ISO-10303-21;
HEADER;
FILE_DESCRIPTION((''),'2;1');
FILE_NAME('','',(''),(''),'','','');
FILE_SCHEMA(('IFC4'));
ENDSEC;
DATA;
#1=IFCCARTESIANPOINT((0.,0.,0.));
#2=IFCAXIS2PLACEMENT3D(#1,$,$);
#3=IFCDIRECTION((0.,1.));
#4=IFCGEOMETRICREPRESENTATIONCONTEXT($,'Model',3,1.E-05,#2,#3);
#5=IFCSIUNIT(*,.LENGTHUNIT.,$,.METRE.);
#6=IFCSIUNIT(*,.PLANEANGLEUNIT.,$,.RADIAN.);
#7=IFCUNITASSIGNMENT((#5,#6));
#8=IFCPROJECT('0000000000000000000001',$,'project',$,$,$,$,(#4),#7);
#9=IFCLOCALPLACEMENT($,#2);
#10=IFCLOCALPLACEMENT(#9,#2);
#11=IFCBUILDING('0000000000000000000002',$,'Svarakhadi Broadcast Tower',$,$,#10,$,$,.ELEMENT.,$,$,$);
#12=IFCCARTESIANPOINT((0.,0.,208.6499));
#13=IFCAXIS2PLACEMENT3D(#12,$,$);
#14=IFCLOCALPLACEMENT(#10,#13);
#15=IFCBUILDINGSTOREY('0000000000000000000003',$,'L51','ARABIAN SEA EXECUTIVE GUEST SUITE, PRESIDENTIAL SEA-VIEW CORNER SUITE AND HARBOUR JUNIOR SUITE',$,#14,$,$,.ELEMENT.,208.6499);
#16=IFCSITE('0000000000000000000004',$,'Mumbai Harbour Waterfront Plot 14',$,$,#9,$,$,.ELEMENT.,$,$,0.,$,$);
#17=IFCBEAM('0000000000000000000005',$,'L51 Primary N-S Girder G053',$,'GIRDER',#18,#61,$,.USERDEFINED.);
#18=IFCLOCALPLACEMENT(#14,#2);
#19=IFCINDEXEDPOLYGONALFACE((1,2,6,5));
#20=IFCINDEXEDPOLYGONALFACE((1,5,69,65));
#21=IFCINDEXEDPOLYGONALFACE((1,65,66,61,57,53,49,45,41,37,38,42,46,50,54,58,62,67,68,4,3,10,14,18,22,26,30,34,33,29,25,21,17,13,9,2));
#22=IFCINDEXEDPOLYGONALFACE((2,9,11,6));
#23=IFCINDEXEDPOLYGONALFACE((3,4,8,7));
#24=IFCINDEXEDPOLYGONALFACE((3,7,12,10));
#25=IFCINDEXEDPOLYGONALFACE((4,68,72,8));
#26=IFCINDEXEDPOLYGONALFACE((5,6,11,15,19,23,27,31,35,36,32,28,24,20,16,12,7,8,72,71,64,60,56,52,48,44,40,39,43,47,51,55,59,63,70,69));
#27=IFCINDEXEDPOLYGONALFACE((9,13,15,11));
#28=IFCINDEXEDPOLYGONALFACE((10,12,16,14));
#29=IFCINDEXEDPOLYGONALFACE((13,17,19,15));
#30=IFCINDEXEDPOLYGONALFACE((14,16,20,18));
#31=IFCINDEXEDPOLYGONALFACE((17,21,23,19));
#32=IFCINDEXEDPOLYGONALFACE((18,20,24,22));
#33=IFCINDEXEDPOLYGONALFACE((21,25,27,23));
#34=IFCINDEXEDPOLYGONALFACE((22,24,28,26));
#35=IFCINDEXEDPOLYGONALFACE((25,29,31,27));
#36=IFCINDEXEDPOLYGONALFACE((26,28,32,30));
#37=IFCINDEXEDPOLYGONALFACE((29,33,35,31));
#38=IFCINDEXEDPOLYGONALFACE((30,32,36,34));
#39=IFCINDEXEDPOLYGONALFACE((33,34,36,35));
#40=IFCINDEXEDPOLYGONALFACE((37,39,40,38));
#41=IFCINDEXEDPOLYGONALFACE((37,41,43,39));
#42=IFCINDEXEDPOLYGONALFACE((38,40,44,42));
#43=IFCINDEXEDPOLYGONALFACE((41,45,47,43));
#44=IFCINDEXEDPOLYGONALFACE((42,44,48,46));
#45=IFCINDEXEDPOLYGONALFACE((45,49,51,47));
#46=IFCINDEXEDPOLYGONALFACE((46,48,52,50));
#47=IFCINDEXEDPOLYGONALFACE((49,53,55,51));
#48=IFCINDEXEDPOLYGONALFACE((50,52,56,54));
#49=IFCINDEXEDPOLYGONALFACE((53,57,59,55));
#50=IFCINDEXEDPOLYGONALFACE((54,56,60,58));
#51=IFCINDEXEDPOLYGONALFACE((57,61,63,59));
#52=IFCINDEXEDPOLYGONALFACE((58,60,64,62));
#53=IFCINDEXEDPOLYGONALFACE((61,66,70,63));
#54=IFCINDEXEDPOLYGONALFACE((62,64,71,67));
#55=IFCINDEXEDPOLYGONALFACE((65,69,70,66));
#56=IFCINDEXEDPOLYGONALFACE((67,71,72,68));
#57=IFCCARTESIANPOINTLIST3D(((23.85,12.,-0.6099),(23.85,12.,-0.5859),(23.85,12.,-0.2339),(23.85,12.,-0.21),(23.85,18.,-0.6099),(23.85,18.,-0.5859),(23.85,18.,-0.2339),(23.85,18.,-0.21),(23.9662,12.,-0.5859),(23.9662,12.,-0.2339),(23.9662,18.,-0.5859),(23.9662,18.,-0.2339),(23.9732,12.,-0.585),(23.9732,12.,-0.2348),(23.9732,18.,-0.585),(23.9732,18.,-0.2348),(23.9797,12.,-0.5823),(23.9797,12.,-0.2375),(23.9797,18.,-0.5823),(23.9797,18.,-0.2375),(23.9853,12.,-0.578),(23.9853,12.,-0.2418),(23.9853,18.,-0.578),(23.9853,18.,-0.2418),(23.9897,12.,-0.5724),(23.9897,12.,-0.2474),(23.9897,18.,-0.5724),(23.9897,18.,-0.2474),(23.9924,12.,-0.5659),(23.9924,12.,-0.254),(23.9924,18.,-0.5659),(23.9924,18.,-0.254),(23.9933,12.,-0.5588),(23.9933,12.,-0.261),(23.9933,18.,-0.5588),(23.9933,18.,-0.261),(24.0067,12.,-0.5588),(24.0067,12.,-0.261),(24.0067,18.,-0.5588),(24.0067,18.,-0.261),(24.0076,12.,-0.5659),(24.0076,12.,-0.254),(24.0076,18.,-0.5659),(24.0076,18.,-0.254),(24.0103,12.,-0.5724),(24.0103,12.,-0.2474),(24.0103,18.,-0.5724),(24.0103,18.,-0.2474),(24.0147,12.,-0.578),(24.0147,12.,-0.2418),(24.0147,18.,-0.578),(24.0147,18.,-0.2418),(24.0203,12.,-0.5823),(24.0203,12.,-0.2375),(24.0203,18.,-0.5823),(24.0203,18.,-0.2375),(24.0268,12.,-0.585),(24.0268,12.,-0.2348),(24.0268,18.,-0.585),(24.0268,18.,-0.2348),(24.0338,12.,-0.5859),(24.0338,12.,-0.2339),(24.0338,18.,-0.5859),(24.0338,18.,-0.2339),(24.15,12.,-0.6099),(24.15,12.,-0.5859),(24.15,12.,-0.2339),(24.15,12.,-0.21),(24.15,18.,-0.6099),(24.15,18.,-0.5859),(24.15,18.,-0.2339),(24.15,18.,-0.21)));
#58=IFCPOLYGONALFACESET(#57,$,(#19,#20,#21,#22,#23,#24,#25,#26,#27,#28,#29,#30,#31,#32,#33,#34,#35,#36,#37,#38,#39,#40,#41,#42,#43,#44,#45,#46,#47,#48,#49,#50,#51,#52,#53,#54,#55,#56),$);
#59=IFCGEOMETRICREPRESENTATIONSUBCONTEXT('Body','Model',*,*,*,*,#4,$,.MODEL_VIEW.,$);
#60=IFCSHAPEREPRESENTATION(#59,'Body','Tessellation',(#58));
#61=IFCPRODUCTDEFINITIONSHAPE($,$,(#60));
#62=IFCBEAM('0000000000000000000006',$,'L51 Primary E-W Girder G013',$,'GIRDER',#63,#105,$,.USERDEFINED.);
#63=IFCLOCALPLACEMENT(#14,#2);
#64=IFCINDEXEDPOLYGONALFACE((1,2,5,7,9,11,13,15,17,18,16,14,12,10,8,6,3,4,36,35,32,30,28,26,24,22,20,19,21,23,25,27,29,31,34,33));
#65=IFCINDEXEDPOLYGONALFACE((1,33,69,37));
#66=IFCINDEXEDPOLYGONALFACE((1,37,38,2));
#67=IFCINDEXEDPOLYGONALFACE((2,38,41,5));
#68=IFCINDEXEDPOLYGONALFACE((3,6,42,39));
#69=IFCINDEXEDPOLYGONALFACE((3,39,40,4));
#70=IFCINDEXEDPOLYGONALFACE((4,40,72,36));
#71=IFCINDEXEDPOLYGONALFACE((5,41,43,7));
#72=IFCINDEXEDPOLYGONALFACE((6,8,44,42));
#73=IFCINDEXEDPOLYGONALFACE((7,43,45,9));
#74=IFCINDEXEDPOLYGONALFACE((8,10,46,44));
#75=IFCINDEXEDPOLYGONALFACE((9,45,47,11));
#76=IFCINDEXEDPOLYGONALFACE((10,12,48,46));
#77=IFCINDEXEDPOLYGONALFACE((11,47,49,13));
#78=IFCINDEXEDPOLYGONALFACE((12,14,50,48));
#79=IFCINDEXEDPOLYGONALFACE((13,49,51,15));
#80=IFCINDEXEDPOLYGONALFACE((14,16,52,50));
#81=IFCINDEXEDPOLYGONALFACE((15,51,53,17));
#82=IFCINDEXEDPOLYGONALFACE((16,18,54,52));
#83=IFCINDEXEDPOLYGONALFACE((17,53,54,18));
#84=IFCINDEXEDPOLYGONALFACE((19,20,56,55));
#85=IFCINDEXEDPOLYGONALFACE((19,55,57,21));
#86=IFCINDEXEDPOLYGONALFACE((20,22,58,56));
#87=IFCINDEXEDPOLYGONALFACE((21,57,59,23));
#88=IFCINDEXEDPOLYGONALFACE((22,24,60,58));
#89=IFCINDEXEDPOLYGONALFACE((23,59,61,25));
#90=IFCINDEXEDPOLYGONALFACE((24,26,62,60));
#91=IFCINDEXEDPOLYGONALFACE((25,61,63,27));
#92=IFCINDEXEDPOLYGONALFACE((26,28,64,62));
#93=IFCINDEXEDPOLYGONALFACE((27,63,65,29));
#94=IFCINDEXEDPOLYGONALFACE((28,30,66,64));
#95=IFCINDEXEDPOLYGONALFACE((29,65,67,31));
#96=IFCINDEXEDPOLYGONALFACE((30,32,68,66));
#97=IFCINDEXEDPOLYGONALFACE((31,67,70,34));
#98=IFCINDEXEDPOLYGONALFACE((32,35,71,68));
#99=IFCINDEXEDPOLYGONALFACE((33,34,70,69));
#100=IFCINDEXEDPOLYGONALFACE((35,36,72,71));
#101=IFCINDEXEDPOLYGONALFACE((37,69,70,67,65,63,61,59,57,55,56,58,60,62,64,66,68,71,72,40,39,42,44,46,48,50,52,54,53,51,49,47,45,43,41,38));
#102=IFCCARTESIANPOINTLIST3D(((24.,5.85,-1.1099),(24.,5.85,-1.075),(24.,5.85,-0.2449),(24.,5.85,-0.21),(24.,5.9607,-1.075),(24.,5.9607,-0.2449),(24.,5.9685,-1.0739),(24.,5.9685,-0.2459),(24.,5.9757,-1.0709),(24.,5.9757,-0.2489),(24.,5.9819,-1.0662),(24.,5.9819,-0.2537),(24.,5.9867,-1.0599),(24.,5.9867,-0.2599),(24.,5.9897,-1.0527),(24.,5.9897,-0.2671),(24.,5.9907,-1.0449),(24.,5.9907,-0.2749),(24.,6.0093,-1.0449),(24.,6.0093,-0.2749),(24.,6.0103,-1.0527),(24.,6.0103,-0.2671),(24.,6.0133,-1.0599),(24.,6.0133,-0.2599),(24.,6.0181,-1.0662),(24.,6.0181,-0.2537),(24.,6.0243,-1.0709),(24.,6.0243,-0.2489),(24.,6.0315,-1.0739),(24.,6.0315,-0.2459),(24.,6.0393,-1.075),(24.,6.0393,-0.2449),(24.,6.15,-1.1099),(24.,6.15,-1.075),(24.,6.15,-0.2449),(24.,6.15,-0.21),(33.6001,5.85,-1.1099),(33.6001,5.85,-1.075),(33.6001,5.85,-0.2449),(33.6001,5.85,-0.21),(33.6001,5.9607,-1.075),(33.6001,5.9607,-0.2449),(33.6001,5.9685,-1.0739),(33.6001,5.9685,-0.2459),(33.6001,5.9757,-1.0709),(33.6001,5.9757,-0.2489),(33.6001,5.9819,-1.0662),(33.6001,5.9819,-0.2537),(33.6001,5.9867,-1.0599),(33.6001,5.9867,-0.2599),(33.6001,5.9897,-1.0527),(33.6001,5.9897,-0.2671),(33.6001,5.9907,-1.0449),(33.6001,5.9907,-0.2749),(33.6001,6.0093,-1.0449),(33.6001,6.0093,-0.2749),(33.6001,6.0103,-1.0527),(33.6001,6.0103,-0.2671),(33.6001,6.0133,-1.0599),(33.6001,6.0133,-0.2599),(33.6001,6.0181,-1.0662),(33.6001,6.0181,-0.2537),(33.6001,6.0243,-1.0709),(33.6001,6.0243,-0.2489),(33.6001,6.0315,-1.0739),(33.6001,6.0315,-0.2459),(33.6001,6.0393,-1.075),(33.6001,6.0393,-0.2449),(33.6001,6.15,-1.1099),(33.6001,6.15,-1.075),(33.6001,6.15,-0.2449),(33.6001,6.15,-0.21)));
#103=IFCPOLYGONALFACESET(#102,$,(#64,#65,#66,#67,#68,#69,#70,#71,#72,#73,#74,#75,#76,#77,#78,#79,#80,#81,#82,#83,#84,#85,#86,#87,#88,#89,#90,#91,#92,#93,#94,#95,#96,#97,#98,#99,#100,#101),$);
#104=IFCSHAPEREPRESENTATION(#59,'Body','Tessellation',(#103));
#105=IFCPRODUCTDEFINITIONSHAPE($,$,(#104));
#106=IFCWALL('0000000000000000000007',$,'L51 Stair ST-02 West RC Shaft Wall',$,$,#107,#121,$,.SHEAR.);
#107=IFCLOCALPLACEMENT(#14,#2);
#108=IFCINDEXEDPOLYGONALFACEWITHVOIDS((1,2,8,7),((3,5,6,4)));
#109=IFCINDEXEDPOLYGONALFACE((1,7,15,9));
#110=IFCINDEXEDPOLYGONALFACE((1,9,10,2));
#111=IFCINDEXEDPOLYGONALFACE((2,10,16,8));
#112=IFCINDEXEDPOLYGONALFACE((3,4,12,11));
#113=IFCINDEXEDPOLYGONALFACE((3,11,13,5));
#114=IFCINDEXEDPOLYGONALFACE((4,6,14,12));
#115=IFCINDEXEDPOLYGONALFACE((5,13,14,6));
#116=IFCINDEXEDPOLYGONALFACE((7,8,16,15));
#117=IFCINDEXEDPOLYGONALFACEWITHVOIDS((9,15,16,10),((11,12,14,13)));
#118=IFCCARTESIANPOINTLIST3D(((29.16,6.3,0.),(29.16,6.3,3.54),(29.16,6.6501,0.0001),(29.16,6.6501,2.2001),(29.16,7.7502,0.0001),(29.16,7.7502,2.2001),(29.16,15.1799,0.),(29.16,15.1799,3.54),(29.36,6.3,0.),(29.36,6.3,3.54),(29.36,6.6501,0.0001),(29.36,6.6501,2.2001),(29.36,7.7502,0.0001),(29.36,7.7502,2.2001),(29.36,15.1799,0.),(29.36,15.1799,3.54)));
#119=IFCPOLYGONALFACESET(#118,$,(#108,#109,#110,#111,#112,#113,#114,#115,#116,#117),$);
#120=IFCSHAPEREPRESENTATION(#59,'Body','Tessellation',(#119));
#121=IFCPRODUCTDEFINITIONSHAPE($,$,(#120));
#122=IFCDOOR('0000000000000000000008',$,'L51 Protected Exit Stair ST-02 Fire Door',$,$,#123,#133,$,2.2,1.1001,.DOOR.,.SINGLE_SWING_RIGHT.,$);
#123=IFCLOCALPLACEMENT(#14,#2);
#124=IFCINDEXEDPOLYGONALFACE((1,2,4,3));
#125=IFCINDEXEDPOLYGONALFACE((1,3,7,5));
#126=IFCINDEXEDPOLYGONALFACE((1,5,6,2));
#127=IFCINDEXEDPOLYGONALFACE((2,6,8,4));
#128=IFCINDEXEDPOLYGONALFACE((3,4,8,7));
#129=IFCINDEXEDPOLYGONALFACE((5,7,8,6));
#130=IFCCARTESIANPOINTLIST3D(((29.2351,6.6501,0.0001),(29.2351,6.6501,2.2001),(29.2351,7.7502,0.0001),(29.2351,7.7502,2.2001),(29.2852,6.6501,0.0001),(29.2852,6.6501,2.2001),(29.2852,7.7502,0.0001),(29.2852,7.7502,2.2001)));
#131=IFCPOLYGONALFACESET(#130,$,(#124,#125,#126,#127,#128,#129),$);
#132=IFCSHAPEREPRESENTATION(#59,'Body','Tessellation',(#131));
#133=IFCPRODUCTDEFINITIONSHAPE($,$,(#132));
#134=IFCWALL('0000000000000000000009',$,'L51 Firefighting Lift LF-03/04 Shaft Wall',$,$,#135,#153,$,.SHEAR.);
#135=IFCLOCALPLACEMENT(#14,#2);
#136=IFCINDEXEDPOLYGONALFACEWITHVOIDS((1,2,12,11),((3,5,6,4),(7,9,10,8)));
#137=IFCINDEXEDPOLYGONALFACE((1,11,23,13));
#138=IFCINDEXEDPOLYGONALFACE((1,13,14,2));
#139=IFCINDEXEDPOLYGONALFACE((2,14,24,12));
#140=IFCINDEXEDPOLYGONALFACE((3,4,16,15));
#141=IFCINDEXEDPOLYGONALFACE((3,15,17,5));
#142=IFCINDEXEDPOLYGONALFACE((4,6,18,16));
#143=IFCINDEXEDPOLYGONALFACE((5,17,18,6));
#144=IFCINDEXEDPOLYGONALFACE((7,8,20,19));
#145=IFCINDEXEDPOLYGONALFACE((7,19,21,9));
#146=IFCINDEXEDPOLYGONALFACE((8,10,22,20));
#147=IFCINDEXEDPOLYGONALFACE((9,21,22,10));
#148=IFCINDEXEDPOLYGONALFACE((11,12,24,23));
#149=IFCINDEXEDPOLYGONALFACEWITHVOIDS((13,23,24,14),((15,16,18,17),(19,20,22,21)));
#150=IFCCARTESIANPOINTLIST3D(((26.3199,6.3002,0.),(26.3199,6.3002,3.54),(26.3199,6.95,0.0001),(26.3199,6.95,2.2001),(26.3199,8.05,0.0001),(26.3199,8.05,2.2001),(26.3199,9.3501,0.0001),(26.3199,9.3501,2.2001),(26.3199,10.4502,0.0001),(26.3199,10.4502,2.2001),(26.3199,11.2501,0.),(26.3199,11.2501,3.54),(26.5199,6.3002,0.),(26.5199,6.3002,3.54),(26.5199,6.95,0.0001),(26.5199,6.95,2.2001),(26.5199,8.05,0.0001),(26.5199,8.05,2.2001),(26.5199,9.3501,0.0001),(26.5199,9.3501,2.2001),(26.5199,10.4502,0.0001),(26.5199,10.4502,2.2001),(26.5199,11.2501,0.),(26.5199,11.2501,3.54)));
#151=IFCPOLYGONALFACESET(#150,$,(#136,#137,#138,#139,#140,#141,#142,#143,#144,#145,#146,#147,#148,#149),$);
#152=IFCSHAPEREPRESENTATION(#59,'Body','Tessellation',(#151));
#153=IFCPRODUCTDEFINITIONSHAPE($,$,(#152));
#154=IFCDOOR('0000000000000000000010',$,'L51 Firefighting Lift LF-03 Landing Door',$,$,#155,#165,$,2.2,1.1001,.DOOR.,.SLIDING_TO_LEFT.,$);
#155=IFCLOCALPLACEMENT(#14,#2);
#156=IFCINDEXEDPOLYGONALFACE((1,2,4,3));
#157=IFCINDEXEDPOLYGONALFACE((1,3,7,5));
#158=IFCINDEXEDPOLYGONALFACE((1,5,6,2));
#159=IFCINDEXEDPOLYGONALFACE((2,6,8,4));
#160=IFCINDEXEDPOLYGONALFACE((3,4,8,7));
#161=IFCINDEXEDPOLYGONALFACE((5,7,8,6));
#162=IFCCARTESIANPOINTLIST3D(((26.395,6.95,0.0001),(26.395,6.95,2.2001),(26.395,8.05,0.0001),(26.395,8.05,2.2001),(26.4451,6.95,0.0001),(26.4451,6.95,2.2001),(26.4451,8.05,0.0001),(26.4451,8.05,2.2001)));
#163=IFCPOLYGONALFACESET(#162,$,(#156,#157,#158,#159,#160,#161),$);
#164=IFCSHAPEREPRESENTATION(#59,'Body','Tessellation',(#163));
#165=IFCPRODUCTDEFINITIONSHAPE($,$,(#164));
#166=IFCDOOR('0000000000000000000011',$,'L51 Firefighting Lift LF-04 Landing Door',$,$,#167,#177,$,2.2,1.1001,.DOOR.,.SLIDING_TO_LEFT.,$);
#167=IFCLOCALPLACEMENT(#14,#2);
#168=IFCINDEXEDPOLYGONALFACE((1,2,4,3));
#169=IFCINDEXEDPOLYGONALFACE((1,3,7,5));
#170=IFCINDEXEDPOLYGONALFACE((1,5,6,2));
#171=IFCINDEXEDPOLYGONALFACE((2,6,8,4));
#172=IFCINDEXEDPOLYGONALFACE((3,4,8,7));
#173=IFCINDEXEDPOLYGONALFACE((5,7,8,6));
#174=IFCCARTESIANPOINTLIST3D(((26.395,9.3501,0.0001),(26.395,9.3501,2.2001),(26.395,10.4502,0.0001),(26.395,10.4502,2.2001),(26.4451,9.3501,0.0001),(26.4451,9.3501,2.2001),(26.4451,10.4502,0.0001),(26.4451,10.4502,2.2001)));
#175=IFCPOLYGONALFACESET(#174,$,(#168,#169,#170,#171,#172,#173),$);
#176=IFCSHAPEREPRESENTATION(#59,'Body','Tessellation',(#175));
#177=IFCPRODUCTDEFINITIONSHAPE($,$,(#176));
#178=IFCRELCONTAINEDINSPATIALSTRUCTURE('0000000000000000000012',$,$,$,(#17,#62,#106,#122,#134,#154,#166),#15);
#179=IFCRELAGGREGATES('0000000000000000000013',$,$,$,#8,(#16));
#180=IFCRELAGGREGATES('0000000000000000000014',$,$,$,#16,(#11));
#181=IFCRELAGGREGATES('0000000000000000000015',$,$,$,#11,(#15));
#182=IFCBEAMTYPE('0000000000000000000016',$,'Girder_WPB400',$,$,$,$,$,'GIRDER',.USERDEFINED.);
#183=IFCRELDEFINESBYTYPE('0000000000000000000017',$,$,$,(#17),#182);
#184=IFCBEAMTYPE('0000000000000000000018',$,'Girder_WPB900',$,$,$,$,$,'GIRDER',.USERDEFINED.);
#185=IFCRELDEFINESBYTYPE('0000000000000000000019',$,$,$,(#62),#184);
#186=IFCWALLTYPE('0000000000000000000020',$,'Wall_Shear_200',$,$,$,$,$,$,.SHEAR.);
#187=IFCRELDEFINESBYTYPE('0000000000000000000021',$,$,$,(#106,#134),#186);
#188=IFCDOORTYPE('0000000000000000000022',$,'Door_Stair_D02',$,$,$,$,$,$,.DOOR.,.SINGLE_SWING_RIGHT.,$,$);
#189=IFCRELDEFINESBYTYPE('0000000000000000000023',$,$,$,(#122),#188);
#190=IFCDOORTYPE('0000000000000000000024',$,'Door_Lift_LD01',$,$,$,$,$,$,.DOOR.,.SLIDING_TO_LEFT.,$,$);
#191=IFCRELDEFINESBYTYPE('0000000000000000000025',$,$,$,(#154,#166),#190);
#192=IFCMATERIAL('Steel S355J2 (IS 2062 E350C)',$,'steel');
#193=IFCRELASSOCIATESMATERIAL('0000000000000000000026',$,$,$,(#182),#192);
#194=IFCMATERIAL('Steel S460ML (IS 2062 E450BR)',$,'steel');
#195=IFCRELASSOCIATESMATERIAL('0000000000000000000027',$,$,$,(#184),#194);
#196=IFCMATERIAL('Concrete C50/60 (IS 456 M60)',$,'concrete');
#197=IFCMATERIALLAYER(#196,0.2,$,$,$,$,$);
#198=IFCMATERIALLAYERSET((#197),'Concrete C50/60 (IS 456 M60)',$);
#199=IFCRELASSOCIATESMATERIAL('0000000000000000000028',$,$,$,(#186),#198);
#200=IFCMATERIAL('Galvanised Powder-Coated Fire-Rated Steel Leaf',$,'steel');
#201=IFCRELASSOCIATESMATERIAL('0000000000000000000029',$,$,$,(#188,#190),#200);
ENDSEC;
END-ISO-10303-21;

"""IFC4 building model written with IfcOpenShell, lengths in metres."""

from ifc_helpers import new_model, si_unit, direction, frame, frame_2d, origin, origin_2d, place, context, subcontext, project, spatial, rectangle, i_section, extrude, material, layer, layer_set, material_profile, profile_set, type_object, element, fill, save


model = new_model("IFC4")

# Units and contexts
model_context = context("Model", 3, precision=1e-05, world=origin(), true_north=direction((0.0, 1.0)))
body_context = subcontext(model_context, "Body", "Model", "MODEL_VIEW")
ifc_project = project(units=[si_unit("LENGTHUNIT", "METRE"), si_unit("PLANEANGLEUNIT", "RADIAN")], contexts=[model_context])

# Site, building, storey
site_placement = place(None, origin())
site = spatial("IfcSite", under=ifc_project, at=site_placement, Name="Mumbai Harbour Waterfront Plot 14", CompositionType="ELEMENT", RefElevation=0.0)
building_placement = place(site_placement, origin())
building = spatial("IfcBuilding", under=site, at=building_placement, Name="Svarakhadi Broadcast Tower", CompositionType="ELEMENT")
storey_placement = place(building_placement, frame((0.0, 0.0, 208.6499)))
storey = spatial("IfcBuildingStorey", under=building, at=storey_placement, Name="L51", Description="ARABIAN SEA EXECUTIVE GUEST SUITE, PRESIDENTIAL SEA-VIEW CORNER SUITE AND HARBOUR JUNIOR SUITE", CompositionType="ELEMENT", Elevation=208.6499)

# Shared definitions
ifc_material_1 = material(Name="Concrete C50/60 (IS 456 M60)", Category="concrete")
ifc_material_2 = material(Name="Steel S460ML (IS 2062 E450BR)", Category="steel")

# Beams
ifc_material_3 = material(Name="Steel S355J2 (IS 2062 E350C)", Category="steel")
ifc_material_profile_1 = material_profile(ifc_material_3, i_section(OverallWidth=0.3, OverallDepth=0.3999, WebThickness=0.0134, FlangeThickness=0.0239, FilletRadius=0.0271, at=origin_2d()), Name="WPB 400x300x155")
ifc_profile_set_1 = profile_set([ifc_material_profile_1], Name="Steel S355J2 (IS 2062 E350C)")
beam_type_1 = type_object("IfcBeamType", Name="Girder_WPB400", ElementType="GIRDER", PredefinedType="USERDEFINED", material=ifc_profile_set_1)
for number, where, z_axis, x_axis, name in (
    (1, (24.0, 12.0, -0.4099), (0.0, 1.0, 0.0), (-1.0, 0.0, 0.0), "L51 Primary N-S Girder G053"),
):
    element("IfcBeam", number, at=place(storey_placement, frame(where, z_axis=z_axis, x_axis=x_axis)), inside=storey, type_object=beam_type_1, Name=name, ObjectType="GIRDER", PredefinedType="USERDEFINED", context=body_context, shape_type="SweptSolid", body=[
        extrude(i_section(OverallWidth=0.3, OverallDepth=0.3999, WebThickness=0.0134, FlangeThickness=0.0239, FilletRadius=0.0271, at=origin_2d()), origin(), (0.0, 0.0, 1.0), 6.0),
    ])
ifc_material_profile_2 = material_profile(ifc_material_2, i_section(OverallWidth=0.3, OverallDepth=0.8999, WebThickness=0.0186, FlangeThickness=0.0349, FilletRadius=0.03, at=origin_2d()), Name="WPB 900x300x291")
ifc_profile_set_2 = profile_set([ifc_material_profile_2], Name="Steel S460ML (IS 2062 E450BR)")
beam_type_2 = type_object("IfcBeamType", Name="Girder_WPB900", ElementType="GIRDER", PredefinedType="USERDEFINED", material=ifc_profile_set_2)
beam_1_placement = place(storey_placement, frame((24.0, 6.0, -0.6599), z_axis=(1.0, 0.0, 0.0), x_axis=(0.0, 1.0, 0.0)))
element("IfcBeam", 2, at=beam_1_placement, inside=storey, type_object=beam_type_2, Name="L51 Primary E-W Girder G013", ObjectType="GIRDER", PredefinedType="USERDEFINED", context=body_context, shape_type="SweptSolid", body=[
    extrude(i_section(OverallWidth=0.3, OverallDepth=0.8999, WebThickness=0.0186, FlangeThickness=0.0349, FilletRadius=0.03, at=origin_2d()), origin(), (0.0, 0.0, 1.0), 9.6001),
])

# Wall, opening, door
ifc_layer_1 = layer(ifc_material_1, 0.2)
ifc_layer_set_1 = layer_set([ifc_layer_1], Name="Concrete C50/60 (IS 456 M60)")
wall_type_1 = type_object("IfcWallType", Name="Wall_Shear_200", PredefinedType="SHEAR", material=ifc_layer_set_1)
wall_1_placement = place(storey_placement, frame((29.26, 6.3, 0.0), z_axis=(0.0, 0.0, 1.0), x_axis=(0.0, 1.0, 0.0)))
wall_1 = element("IfcWall", 3, at=wall_1_placement, inside=storey, type_object=wall_type_1, Name="L51 Stair ST-02 West RC Shaft Wall", PredefinedType="SHEAR", context=body_context, shape_type="SweptSolid", body=[
    extrude(rectangle(XDim=8.8799, YDim=0.2, at=frame_2d((4.4399, 0.0))), origin(), (0.0, 0.0, 1.0), 3.54),
])
opening_1_placement = place(wall_1_placement, frame((0.3501, 0.0, 0.0)))
opening_1 = element("IfcOpeningElement", 4, at=opening_1_placement, cuts=wall_1, PredefinedType="OPENING", context=body_context, shape_type="SweptSolid", body=[
    extrude(rectangle(XDim=1.1001, YDim=2.2, at=frame_2d((0.55, 1.1001))), frame((0.0, 0.1099, 0.0), z_axis=(0.0, -1.0, 0.0), x_axis=(1.0, 0.0, 0.0)), (0.0, 0.0, 1.0), 0.22),
])
ifc_material_4 = material(Name="Galvanised Powder-Coated Fire-Rated Steel Leaf", Category="steel")
door_type_1 = type_object("IfcDoorType", Name="Door_Stair_D02", OperationType="SINGLE_SWING_RIGHT", PredefinedType="DOOR", material=ifc_material_4)
door_1_placement = place(opening_1_placement, origin())
door_1 = element("IfcDoor", 5, at=door_1_placement, inside=storey, type_object=door_type_1, Name="L51 Protected Exit Stair ST-02 Fire Door", OperationType="SINGLE_SWING_RIGHT", OverallHeight=2.2, OverallWidth=1.1001, PredefinedType="DOOR", context=body_context, shape_type="SweptSolid", body=[
    extrude(rectangle(XDim=1.1001, YDim=2.2, at=frame_2d((0.55, 1.1001))), frame((0.0, 0.0249, 0.0), z_axis=(0.0, -1.0, 0.0), x_axis=(1.0, 0.0, 0.0)), (0.0, 0.0, 1.0), 0.05),
])
fill(opening_1, door_1)

# Wall, openings, doors
wall_2_placement = place(storey_placement, frame((26.4199, 6.3, 0.0), z_axis=(0.0, 0.0, 1.0), x_axis=(0.0, 1.0, 0.0)))
wall_2 = element("IfcWall", 6, at=wall_2_placement, inside=storey, type_object=wall_type_1, Name="L51 Firefighting Lift LF-03/04 Shaft Wall", PredefinedType="SHEAR", context=body_context, shape_type="SweptSolid", body=[
    extrude(rectangle(XDim=4.95, YDim=0.2, at=frame_2d((2.4751, 0.0))), origin(), (0.0, 0.0, 1.0), 3.54),
])
opening_2_placement = place(wall_2_placement, frame((0.6499, 0.0, 0.0)))
opening_2 = element("IfcOpeningElement", 7, at=opening_2_placement, cuts=wall_2, PredefinedType="OPENING", context=body_context, shape_type="SweptSolid", body=[
    extrude(rectangle(XDim=1.1001, YDim=2.2, at=frame_2d((0.55, 1.1001))), frame((0.0, 0.1099, 0.0), z_axis=(0.0, -1.0, 0.0), x_axis=(1.0, 0.0, 0.0)), (0.0, 0.0, 1.0), 0.22),
])
opening_3_placement = place(wall_2_placement, frame((3.05, 0.0, 0.0)))
opening_3 = element("IfcOpeningElement", 8, at=opening_3_placement, cuts=wall_2, PredefinedType="OPENING", context=body_context, shape_type="SweptSolid", body=[
    extrude(rectangle(XDim=1.1001, YDim=2.2, at=frame_2d((0.55, 1.1001))), frame((0.0, 0.1099, 0.0), z_axis=(0.0, -1.0, 0.0), x_axis=(1.0, 0.0, 0.0)), (0.0, 0.0, 1.0), 0.22),
])
door_type_2 = type_object("IfcDoorType", Name="Door_Lift_LD01", OperationType="SLIDING_TO_LEFT", PredefinedType="DOOR", material=ifc_material_4)
door_2_placement = place(opening_2_placement, origin())
door_2 = element("IfcDoor", 9, at=door_2_placement, inside=storey, type_object=door_type_2, Name="L51 Firefighting Lift LF-03 Landing Door", OperationType="SLIDING_TO_LEFT", OverallHeight=2.2, OverallWidth=1.1001, PredefinedType="DOOR", context=body_context, shape_type="SweptSolid", body=[
    extrude(rectangle(XDim=1.1001, YDim=2.2, at=frame_2d((0.55, 1.1001))), frame((0.0, 0.0249, 0.0), z_axis=(0.0, -1.0, 0.0), x_axis=(1.0, 0.0, 0.0)), (0.0, 0.0, 1.0), 0.05),
])
fill(opening_2, door_2)
door_3_placement = place(opening_3_placement, origin())
door_3 = element("IfcDoor", 10, at=door_3_placement, inside=storey, type_object=door_type_2, Name="L51 Firefighting Lift LF-04 Landing Door", OperationType="SLIDING_TO_LEFT", OverallHeight=2.2, OverallWidth=1.1001, PredefinedType="DOOR", context=body_context, shape_type="SweptSolid", body=[
    extrude(rectangle(XDim=1.1001, YDim=2.2, at=frame_2d((0.55, 1.1001))), frame((0.0, 0.0249, 0.0), z_axis=(0.0, -1.0, 0.0), x_axis=(1.0, 0.0, 0.0)), (0.0, 0.0, 1.0), 0.05),
])
fill(opening_3, door_3)

save(model, "model.ifc")
